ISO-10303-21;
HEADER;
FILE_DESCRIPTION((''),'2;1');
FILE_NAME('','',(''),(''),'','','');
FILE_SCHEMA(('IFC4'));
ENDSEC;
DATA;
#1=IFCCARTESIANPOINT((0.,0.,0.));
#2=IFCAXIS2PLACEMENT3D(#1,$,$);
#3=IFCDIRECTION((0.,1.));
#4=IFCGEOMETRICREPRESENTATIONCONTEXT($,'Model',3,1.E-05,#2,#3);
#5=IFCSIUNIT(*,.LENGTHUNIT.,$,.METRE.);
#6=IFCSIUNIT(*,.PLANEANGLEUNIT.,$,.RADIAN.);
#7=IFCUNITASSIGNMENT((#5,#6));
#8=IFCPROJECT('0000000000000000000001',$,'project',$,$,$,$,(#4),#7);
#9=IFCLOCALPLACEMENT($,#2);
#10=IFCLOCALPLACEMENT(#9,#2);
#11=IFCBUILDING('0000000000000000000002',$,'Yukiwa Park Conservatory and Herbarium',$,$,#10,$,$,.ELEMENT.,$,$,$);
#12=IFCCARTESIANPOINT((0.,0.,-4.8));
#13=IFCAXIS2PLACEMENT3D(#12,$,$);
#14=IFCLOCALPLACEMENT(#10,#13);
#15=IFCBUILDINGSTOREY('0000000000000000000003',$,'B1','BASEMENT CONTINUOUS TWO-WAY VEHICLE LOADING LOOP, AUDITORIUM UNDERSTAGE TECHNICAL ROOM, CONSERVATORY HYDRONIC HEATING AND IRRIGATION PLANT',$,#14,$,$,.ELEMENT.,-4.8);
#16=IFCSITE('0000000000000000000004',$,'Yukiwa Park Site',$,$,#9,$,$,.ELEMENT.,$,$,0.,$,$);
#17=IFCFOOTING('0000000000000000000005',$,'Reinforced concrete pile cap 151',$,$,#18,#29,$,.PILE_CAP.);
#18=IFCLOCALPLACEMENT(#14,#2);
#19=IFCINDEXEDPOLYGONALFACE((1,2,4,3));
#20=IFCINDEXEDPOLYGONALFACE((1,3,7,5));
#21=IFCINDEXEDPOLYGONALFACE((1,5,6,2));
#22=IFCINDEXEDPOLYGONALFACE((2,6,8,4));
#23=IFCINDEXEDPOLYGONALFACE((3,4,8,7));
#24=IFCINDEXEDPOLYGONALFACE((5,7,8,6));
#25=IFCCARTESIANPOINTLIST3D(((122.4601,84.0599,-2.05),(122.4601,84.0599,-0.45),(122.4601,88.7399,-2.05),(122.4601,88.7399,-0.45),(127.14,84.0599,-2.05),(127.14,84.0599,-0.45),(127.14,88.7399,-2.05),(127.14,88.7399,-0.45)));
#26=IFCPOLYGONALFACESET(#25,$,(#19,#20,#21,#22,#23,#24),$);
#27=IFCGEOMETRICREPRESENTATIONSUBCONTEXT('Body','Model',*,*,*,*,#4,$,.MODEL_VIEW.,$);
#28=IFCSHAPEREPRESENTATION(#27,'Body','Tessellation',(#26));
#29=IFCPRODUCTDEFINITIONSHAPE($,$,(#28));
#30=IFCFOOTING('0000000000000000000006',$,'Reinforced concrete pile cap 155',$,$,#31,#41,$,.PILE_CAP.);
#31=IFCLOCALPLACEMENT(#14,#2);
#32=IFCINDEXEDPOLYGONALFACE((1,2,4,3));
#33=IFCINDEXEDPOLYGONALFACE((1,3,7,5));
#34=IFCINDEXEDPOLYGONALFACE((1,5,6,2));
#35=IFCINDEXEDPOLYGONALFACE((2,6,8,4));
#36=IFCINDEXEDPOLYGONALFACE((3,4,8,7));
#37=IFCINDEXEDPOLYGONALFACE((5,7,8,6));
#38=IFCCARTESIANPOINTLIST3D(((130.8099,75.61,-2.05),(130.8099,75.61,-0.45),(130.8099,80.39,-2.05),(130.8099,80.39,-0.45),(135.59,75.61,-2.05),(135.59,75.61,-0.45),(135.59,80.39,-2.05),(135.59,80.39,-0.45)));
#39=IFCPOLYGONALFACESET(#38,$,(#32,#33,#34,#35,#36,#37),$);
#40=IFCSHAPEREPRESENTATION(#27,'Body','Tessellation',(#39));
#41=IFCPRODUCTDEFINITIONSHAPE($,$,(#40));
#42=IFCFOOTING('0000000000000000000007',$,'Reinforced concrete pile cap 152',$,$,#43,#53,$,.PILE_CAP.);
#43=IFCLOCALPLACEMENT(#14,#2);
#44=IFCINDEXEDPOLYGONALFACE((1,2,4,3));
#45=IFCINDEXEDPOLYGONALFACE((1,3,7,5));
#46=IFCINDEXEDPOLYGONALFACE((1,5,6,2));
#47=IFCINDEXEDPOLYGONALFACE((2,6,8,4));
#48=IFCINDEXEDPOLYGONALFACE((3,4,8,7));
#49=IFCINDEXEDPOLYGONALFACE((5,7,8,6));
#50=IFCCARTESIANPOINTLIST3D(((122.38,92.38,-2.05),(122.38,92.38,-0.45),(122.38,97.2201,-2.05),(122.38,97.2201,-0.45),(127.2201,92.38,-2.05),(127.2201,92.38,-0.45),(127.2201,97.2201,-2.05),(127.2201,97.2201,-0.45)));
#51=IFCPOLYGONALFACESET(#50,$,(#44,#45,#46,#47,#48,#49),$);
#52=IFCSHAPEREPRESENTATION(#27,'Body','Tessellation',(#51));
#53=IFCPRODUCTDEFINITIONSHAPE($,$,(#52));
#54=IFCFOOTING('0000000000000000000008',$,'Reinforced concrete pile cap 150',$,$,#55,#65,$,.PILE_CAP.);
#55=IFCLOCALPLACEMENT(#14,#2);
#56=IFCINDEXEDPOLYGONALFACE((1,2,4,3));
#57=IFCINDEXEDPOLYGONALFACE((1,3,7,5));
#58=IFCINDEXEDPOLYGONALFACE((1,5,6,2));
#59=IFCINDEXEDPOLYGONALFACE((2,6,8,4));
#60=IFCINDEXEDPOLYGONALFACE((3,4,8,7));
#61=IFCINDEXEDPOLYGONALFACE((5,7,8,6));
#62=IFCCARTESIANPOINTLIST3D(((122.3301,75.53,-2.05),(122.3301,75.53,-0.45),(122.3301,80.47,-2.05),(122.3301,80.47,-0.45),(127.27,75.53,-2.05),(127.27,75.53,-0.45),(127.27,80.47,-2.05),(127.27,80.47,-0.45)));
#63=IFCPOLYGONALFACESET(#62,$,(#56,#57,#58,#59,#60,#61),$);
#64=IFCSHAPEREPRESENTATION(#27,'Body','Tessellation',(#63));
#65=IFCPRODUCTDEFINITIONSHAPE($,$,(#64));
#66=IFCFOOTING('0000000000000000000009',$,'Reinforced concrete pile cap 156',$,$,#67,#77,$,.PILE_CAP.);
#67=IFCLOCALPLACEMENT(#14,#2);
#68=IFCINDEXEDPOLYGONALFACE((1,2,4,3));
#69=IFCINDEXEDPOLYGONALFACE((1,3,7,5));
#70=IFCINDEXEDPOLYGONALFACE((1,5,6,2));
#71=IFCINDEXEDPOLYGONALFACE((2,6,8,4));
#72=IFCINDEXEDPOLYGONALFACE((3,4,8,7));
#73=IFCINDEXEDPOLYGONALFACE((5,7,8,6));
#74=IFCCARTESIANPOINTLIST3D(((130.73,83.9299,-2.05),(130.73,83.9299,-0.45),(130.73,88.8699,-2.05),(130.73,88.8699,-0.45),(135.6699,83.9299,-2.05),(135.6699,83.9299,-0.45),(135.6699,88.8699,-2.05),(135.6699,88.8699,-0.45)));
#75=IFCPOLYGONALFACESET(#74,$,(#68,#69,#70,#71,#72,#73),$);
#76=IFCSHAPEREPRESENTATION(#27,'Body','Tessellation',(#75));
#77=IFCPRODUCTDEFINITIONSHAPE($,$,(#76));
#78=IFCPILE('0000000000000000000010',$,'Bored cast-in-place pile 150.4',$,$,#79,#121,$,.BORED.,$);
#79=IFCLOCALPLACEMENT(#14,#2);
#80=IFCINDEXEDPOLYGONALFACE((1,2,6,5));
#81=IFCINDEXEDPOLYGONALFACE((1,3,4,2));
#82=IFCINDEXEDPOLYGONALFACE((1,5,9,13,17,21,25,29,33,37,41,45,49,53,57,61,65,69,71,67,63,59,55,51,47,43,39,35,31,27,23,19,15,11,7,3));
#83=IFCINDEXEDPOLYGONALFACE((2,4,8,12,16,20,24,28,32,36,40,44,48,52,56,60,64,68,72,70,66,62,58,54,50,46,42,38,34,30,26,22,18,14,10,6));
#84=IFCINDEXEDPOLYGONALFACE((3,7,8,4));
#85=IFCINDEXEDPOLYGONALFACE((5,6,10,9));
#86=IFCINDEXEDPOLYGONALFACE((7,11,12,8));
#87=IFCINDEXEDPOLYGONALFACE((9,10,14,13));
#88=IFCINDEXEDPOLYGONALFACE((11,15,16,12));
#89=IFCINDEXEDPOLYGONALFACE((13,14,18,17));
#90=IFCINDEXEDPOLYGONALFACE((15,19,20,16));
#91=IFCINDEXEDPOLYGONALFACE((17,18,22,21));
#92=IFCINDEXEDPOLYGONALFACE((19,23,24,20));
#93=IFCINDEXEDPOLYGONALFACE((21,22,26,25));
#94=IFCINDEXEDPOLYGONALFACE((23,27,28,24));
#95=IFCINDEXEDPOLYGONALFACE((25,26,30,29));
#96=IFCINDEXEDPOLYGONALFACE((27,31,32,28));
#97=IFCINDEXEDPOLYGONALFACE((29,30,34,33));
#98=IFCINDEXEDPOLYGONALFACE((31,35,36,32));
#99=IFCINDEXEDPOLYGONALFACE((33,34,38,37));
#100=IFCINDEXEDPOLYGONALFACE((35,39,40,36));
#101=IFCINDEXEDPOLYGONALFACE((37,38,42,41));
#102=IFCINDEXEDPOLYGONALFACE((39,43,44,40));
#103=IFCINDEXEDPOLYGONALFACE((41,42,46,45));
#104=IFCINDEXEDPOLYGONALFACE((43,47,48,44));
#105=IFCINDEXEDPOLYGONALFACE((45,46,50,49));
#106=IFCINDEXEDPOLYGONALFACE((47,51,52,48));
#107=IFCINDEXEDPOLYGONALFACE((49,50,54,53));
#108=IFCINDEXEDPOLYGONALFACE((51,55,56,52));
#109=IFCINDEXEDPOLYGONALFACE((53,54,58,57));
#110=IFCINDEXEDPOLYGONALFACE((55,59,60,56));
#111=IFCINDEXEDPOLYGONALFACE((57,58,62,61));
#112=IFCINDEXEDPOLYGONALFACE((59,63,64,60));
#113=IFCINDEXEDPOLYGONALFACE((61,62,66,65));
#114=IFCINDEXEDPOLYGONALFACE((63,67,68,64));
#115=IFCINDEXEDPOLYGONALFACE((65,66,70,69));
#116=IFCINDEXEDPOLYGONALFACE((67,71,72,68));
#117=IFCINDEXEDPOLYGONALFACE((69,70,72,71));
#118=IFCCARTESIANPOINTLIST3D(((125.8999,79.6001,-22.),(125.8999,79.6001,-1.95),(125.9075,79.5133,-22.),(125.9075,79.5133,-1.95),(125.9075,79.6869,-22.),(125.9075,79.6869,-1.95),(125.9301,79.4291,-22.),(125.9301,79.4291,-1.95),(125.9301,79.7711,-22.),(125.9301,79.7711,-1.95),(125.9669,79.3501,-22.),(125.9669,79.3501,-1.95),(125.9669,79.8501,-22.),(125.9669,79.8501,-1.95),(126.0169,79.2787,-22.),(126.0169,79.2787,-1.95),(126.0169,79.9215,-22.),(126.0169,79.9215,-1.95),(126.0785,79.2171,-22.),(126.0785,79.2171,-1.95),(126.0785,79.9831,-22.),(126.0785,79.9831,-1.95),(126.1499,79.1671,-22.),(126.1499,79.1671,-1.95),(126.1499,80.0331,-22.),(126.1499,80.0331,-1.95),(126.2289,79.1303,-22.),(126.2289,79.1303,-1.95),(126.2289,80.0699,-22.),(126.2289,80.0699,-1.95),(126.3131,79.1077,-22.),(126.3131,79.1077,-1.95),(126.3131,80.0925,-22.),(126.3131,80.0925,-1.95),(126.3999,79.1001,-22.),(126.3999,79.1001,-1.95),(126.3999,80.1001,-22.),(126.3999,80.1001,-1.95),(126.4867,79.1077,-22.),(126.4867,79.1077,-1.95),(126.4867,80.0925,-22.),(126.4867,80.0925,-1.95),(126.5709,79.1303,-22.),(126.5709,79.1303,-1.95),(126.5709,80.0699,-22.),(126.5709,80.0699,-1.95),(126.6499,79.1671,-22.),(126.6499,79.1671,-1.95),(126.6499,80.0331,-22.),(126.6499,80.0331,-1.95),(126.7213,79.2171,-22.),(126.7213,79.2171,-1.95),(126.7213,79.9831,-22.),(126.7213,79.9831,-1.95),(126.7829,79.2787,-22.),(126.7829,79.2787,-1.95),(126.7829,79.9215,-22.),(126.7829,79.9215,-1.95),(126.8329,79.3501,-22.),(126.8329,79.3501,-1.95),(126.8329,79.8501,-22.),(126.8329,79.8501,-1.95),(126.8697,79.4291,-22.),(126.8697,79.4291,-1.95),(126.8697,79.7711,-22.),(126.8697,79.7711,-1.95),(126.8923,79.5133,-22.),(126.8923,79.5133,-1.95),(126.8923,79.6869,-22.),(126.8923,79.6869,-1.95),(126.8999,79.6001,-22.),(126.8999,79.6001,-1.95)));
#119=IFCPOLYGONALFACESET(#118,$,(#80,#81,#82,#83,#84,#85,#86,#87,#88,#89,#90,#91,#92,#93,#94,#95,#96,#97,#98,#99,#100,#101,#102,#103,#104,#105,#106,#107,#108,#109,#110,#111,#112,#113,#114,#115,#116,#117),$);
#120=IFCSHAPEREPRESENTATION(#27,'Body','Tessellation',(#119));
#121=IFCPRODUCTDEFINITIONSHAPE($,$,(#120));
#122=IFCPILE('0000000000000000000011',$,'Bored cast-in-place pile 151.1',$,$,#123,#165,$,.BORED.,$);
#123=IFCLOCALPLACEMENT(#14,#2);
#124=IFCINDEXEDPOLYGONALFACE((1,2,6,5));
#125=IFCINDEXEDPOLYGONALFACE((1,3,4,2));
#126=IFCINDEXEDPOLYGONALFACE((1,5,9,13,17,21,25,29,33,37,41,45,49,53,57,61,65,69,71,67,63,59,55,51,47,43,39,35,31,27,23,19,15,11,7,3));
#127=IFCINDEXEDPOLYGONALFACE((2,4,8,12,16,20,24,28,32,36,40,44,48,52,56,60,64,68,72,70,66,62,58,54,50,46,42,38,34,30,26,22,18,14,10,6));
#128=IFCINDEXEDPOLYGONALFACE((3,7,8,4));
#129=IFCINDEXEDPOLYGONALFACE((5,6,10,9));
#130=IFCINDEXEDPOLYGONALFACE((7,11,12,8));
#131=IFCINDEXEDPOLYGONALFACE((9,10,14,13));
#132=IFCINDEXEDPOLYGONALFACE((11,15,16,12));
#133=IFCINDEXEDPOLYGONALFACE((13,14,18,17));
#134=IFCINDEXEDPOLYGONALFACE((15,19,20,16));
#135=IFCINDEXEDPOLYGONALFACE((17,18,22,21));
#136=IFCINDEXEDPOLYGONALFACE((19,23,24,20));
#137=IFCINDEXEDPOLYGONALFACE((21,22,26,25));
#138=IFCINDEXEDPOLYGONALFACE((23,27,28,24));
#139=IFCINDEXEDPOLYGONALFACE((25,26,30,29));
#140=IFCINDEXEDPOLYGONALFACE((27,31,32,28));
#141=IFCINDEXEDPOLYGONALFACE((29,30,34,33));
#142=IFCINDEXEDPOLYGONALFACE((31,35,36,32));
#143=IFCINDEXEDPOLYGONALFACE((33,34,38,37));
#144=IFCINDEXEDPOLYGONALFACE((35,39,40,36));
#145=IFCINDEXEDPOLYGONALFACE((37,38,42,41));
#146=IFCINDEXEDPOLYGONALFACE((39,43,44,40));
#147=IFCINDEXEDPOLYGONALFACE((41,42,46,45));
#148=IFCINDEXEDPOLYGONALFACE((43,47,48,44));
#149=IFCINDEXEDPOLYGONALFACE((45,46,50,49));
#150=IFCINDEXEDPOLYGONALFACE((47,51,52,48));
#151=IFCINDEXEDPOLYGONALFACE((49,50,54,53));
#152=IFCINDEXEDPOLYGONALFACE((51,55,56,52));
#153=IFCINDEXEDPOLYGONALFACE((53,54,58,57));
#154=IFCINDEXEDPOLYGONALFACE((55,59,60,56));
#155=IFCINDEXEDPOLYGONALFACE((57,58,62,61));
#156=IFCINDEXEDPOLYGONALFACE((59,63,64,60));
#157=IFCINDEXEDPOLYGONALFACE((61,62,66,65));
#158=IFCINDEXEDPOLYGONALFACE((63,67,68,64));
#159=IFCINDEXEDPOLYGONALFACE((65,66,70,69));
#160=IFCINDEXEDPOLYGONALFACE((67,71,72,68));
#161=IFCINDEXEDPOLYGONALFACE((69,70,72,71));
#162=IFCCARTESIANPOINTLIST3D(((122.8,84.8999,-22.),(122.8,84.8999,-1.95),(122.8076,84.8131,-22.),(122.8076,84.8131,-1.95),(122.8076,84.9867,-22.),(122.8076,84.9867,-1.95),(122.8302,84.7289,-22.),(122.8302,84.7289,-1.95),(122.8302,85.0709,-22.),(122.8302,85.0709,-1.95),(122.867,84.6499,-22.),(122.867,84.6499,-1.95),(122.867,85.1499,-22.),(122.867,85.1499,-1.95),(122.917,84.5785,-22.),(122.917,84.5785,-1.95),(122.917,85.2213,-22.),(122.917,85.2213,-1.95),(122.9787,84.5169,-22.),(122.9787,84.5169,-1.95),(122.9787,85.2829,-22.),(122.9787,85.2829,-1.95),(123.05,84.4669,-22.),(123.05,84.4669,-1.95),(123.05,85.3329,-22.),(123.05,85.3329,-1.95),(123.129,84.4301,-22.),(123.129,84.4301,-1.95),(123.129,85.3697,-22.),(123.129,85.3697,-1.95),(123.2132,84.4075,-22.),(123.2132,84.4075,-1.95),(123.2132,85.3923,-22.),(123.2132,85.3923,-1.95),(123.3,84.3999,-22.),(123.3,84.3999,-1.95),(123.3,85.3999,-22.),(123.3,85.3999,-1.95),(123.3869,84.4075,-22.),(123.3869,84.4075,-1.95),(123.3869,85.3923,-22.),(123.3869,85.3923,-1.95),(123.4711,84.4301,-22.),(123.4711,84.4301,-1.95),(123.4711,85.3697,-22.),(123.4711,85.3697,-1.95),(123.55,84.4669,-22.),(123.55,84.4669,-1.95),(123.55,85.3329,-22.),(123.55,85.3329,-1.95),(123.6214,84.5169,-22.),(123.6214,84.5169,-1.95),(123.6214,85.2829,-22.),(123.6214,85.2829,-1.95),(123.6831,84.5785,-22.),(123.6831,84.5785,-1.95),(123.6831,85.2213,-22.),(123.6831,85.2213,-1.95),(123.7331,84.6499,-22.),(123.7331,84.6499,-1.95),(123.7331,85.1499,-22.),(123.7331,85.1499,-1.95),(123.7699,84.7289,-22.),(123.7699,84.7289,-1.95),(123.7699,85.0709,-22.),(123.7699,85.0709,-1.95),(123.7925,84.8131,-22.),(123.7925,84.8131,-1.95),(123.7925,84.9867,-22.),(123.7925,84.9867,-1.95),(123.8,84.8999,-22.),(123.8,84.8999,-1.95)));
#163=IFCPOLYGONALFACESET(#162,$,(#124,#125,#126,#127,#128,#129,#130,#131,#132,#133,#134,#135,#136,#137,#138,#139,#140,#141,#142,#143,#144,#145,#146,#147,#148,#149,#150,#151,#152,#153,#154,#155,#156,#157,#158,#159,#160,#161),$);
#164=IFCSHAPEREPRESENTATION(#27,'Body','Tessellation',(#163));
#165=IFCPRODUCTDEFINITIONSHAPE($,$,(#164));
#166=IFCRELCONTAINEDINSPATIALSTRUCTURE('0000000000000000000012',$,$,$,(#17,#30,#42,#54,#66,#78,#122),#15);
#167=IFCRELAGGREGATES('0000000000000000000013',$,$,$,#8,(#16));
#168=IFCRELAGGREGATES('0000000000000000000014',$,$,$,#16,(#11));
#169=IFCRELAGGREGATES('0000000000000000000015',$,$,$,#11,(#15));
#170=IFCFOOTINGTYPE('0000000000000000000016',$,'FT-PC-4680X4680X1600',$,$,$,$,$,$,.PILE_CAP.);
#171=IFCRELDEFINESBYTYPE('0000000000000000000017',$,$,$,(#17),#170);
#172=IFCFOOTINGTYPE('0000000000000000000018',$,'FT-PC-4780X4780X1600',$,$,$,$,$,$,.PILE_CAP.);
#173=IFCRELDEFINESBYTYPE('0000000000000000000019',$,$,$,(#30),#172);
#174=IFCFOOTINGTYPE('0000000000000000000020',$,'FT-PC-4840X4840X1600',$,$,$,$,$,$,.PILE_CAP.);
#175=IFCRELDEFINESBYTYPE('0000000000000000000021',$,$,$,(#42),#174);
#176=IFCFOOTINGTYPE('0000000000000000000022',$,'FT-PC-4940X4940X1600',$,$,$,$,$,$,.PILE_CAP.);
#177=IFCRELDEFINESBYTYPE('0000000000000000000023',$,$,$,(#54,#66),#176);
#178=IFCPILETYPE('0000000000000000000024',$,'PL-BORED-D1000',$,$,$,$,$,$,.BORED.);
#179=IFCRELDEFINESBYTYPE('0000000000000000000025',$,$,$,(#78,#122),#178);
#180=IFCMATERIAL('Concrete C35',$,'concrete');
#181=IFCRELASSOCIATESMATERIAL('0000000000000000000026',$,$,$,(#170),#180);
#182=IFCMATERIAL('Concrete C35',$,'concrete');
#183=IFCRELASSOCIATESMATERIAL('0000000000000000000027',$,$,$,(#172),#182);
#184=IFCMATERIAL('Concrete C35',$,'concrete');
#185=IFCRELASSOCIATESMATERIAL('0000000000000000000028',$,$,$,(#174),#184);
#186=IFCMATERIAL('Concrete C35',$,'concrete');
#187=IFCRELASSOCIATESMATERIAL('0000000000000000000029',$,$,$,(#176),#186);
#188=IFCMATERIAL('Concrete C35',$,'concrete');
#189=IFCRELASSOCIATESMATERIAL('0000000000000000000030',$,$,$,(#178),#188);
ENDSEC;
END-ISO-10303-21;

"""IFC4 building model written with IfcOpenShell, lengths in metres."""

from ifc_helpers import new_model, si_unit, direction, frame, origin, origin_2d, place, context, subcontext, project, spatial, rectangle, circle, extrude, material, material_profile, profile_set, type_object, element, save


model = new_model("IFC4")

# Units and contexts
model_context = context("Model", 3, precision=1e-05, world=origin(), true_north=direction((0.0, 1.0)))
body_context = subcontext(model_context, "Body", "Model", "MODEL_VIEW")
ifc_project = project(units=[si_unit("LENGTHUNIT", "METRE"), si_unit("PLANEANGLEUNIT", "RADIAN")], contexts=[model_context])

# Site, building, storey
site_placement = place(None, origin())
site = spatial("IfcSite", under=ifc_project, at=site_placement, Name="Yukiwa Park Site", CompositionType="ELEMENT", RefElevation=0.0)
building_placement = place(site_placement, origin())
building = spatial("IfcBuilding", under=site, at=building_placement, Name="Yukiwa Park Conservatory and Herbarium", CompositionType="ELEMENT")
storey_placement = place(building_placement, frame((0.0, 0.0, -4.8)))
storey = spatial("IfcBuildingStorey", under=building, at=storey_placement, Name="B1", Description="BASEMENT CONTINUOUS TWO-WAY VEHICLE LOADING LOOP, AUDITORIUM UNDERSTAGE TECHNICAL ROOM, CONSERVATORY HYDRONIC HEATING AND IRRIGATION PLANT", CompositionType="ELEMENT", Elevation=-4.8)

# Footings
ifc_material_1 = material(Name="Concrete C35", Category="concrete")
footing_type_1 = type_object("IfcFootingType", Name="FT-PC-4680X4680X1600", PredefinedType="PILE_CAP", material=ifc_material_1)
footing_1_placement = place(storey_placement, frame((124.8, 86.3999, -2.05), z_axis=(0.0, 0.0, 1.0), x_axis=(1.0, 0.0, 0.0)))
element("IfcFooting", 1, at=footing_1_placement, inside=storey, type_object=footing_type_1, Name="Reinforced concrete pile cap 151", PredefinedType="PILE_CAP", context=body_context, shape_type="SweptSolid", body=[
    extrude(rectangle(XDim=4.6799, YDim=4.6799, at=origin_2d()), origin(), (0.0, 0.0, 1.0), 1.6001),
])
ifc_material_2 = material(Name="Concrete C35", Category="concrete")
footing_type_2 = type_object("IfcFootingType", Name="FT-PC-4780X4780X1600", PredefinedType="PILE_CAP", material=ifc_material_2)
footing_2_placement = place(storey_placement, frame((133.2, 78.0, -2.05), z_axis=(0.0, 0.0, 1.0), x_axis=(1.0, 0.0, 0.0)))
element("IfcFooting", 2, at=footing_2_placement, inside=storey, type_object=footing_type_2, Name="Reinforced concrete pile cap 155", PredefinedType="PILE_CAP", context=body_context, shape_type="SweptSolid", body=[
    extrude(rectangle(XDim=4.78, YDim=4.78, at=origin_2d()), origin(), (0.0, 0.0, 1.0), 1.6001),
])
ifc_material_3 = material(Name="Concrete C35", Category="concrete")
footing_type_3 = type_object("IfcFootingType", Name="FT-PC-4840X4840X1600", PredefinedType="PILE_CAP", material=ifc_material_3)
footing_3_placement = place(storey_placement, frame((124.8, 94.8, -2.05), z_axis=(0.0, 0.0, 1.0), x_axis=(1.0, 0.0, 0.0)))
element("IfcFooting", 3, at=footing_3_placement, inside=storey, type_object=footing_type_3, Name="Reinforced concrete pile cap 152", PredefinedType="PILE_CAP", context=body_context, shape_type="SweptSolid", body=[
    extrude(rectangle(XDim=4.8401, YDim=4.8401, at=origin_2d()), origin(), (0.0, 0.0, 1.0), 1.6001),
])
ifc_material_4 = material(Name="Concrete C35", Category="concrete")
footing_type_4 = type_object("IfcFootingType", Name="FT-PC-4940X4940X1600", PredefinedType="PILE_CAP", material=ifc_material_4)
for number, where, z_axis, x_axis, name in (
    (4, (124.8, 78.0, -2.05), (0.0, 0.0, 1.0), (1.0, 0.0, 0.0), "Reinforced concrete pile cap 150"),
    (5, (133.2, 86.3999, -2.05), (0.0, 0.0, 1.0), (1.0, 0.0, 0.0), "Reinforced concrete pile cap 156"),
):
    element("IfcFooting", number, at=place(storey_placement, frame(where, z_axis=z_axis, x_axis=x_axis)), inside=storey, type_object=footing_type_4, Name=name, PredefinedType="PILE_CAP", context=body_context, shape_type="SweptSolid", body=[
        extrude(rectangle(XDim=4.9399, YDim=4.9399, at=origin_2d()), origin(), (0.0, 0.0, 1.0), 1.6001),
    ])

# Piles
ifc_material_5 = material(Name="Concrete C35", Category="concrete")
ifc_material_profile_1 = material_profile(ifc_material_5, circle(Radius=0.5, at=origin_2d()), Name="PILE D1000")
ifc_profile_set_1 = profile_set([ifc_material_profile_1], Name="Concrete C35")
pile_type_1 = type_object("IfcPileType", Name="PL-BORED-D1000", PredefinedType="BORED", material=ifc_profile_set_1)
for number, where, z_axis, x_axis, name in (
    (6, (126.3999, 79.6001, -1.95), (0.0, 0.0, -1.0), (1.0, 0.0, 0.0), "Bored cast-in-place pile 150.4"),
    (7, (123.3, 84.8999, -1.95), (0.0, 0.0, -1.0), (1.0, 0.0, 0.0), "Bored cast-in-place pile 151.1"),
):
    element("IfcPile", number, at=place(storey_placement, frame(where, z_axis=z_axis, x_axis=x_axis)), inside=storey, type_object=pile_type_1, Name=name, PredefinedType="BORED", context=body_context, shape_type="SweptSolid", body=[
        extrude(circle(Radius=0.5, at=origin_2d()), origin(), (0.0, 0.0, 1.0), 20.05),
    ])

save(model, "model.ifc")
